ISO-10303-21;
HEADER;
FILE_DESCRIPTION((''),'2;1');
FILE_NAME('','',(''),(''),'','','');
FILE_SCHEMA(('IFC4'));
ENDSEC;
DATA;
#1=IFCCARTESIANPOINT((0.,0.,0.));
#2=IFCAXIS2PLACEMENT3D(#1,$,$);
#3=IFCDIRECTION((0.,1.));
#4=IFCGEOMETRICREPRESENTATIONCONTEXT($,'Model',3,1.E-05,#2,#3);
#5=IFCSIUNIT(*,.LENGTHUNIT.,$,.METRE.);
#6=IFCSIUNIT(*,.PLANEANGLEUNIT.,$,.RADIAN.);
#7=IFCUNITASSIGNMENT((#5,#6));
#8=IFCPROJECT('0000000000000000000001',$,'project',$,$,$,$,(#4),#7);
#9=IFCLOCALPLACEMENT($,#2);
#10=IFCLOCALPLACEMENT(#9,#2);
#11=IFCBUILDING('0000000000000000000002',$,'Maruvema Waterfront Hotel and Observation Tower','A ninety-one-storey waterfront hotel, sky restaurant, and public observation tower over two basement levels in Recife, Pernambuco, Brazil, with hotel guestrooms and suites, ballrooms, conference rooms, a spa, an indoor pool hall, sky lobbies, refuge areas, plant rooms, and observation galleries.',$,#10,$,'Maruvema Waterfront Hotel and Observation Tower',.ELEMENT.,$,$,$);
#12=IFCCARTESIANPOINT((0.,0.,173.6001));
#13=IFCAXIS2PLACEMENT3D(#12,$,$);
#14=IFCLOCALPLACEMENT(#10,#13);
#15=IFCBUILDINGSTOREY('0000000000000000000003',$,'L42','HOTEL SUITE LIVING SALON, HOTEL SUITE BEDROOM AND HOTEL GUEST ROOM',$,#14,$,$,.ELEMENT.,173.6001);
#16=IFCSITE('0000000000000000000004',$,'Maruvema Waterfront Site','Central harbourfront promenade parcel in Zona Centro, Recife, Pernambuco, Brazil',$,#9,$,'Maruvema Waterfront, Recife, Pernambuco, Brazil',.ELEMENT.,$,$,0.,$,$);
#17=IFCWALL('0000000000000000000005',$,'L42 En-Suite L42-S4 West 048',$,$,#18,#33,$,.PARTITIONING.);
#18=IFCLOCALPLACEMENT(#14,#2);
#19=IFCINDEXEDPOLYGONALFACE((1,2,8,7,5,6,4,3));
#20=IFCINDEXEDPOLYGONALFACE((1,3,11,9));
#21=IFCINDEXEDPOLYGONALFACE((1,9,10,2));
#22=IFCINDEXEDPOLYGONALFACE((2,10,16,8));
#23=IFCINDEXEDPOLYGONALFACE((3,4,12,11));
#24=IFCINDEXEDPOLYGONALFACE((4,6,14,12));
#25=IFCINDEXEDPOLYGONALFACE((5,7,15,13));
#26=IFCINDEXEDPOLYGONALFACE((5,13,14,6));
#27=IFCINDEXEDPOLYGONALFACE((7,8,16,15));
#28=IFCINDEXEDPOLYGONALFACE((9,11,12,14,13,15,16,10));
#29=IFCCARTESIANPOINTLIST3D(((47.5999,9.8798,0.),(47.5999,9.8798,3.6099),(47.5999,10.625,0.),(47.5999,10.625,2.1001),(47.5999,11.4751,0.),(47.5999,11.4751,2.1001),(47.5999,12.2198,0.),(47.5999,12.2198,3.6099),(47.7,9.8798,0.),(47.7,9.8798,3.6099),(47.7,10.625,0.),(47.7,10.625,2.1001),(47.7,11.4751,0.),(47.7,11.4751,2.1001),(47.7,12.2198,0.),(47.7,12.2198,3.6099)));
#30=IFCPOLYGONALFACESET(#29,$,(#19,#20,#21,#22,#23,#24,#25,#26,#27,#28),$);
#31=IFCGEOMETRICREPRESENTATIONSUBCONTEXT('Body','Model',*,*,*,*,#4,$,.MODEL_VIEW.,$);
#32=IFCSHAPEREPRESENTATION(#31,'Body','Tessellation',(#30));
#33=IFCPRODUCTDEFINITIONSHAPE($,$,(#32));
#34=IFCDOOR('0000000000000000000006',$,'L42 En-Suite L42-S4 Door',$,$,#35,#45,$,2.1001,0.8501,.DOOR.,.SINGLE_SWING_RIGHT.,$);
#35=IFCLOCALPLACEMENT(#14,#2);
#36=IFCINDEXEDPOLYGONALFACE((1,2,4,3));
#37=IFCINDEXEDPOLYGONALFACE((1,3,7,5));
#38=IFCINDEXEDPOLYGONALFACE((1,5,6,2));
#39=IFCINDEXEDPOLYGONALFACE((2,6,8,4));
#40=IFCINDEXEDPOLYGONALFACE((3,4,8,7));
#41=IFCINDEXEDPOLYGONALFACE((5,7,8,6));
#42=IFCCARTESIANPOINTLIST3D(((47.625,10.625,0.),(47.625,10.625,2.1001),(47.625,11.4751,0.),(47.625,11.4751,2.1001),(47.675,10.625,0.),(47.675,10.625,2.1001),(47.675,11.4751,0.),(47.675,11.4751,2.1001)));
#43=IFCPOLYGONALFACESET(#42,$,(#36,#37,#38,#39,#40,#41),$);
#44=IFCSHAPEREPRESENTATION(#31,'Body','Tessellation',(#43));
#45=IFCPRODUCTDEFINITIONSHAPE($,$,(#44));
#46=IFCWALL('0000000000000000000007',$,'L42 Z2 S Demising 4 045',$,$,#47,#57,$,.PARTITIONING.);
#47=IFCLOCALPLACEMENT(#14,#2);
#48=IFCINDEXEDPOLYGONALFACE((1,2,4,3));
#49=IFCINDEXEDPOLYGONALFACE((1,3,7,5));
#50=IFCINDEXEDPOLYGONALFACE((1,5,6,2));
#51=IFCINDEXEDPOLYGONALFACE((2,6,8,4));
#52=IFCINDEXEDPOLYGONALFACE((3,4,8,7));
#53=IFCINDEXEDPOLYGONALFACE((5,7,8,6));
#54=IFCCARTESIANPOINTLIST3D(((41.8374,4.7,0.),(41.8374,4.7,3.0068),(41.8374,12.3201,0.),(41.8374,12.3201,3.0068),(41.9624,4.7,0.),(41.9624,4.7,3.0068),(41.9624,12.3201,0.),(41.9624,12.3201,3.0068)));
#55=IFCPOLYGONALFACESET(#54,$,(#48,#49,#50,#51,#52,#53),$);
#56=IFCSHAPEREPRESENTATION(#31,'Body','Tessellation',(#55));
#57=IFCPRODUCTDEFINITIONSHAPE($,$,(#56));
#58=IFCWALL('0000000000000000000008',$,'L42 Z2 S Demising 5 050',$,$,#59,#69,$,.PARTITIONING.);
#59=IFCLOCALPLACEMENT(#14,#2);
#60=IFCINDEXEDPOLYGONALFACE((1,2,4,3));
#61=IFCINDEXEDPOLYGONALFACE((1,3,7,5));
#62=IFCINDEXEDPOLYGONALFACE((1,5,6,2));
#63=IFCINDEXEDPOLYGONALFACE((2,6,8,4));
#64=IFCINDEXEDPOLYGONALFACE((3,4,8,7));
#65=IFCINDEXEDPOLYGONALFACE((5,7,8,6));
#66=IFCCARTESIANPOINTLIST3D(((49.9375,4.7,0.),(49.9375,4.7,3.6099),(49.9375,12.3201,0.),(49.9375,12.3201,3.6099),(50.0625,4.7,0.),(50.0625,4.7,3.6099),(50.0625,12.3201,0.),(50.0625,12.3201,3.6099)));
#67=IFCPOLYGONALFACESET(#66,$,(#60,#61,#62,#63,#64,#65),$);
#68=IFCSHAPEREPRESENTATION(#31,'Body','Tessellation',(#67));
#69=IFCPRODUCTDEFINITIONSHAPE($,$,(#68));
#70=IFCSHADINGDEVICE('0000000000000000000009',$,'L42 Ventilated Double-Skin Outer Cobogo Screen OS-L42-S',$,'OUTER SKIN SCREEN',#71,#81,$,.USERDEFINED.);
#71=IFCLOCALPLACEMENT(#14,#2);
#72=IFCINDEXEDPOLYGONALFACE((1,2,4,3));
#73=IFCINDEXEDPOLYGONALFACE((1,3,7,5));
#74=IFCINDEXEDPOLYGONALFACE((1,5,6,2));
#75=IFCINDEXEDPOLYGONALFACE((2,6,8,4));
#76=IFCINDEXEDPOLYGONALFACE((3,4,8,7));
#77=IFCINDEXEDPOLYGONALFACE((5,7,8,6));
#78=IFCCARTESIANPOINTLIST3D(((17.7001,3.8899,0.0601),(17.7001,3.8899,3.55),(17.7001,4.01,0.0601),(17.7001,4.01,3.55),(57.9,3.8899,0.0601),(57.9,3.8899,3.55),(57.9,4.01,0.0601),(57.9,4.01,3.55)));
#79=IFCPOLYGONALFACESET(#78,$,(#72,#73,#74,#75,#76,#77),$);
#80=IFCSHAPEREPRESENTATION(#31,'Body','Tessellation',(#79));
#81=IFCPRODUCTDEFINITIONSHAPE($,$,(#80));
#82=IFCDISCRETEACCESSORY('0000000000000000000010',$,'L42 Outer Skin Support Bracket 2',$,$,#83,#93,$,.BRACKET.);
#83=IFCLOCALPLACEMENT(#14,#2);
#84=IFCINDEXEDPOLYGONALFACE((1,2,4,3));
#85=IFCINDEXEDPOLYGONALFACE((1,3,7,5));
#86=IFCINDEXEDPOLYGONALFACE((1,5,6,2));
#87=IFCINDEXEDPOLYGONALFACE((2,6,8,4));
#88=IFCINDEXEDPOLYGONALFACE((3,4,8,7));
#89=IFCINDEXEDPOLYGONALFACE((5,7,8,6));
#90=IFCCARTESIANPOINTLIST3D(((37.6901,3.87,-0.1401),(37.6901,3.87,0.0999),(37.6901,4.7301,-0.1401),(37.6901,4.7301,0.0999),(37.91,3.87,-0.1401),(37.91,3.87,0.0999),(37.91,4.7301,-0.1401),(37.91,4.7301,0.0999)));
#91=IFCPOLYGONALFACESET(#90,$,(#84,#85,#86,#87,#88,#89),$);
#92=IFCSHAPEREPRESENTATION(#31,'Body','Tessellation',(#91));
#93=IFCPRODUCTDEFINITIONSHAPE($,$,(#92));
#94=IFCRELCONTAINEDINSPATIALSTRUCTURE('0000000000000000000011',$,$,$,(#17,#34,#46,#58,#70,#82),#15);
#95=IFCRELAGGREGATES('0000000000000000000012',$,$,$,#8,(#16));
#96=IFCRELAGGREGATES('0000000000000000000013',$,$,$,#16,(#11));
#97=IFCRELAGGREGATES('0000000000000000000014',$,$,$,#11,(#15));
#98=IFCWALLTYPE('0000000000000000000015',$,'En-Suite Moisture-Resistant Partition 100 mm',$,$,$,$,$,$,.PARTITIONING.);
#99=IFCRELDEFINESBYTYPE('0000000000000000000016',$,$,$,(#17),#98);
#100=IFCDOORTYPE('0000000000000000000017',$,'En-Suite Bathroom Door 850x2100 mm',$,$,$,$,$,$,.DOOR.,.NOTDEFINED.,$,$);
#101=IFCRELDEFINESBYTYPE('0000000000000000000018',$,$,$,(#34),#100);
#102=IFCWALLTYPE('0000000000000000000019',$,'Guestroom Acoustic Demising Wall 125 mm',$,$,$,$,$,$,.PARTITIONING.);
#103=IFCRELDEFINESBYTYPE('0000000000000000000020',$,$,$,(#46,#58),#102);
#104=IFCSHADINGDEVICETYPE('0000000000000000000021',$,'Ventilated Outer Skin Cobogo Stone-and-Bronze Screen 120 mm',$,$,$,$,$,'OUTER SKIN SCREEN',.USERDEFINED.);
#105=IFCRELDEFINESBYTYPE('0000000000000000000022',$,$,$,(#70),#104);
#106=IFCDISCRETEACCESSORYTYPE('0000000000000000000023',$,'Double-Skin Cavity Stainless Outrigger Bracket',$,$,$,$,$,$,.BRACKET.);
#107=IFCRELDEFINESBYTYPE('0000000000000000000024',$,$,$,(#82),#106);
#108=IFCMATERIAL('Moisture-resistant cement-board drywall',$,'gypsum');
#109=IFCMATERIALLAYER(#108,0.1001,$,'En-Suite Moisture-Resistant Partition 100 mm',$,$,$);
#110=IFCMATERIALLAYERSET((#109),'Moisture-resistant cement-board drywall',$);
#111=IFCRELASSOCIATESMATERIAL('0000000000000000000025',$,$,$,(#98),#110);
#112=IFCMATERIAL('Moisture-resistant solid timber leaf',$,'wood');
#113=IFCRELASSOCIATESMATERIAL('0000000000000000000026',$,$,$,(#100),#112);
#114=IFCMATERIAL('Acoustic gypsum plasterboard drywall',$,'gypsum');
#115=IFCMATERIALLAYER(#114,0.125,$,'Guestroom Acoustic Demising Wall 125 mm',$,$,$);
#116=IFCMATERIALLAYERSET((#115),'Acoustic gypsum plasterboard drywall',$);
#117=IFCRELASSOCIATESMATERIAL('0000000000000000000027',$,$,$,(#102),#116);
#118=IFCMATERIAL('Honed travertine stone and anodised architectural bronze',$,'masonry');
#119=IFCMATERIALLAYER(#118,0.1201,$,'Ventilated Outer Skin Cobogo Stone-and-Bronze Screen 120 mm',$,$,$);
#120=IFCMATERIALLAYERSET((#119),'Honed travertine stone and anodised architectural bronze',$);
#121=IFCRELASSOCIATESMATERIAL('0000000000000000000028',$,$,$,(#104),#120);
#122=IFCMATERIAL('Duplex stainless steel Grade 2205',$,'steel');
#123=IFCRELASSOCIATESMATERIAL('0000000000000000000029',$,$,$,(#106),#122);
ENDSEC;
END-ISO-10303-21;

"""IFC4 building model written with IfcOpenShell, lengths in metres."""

from ifc_helpers import new_model, si_unit, direction, frame, frame_2d, origin, origin_2d, place, context, subcontext, project, spatial, rectangle, extrude, material, layer, layer_set, type_object, element, fill, save


model = new_model("IFC4")

# Units and contexts
model_context = context("Model", 3, precision=1e-05, world=origin(), true_north=direction((0.0, 1.0)))
body_context = subcontext(model_context, "Body", "Model", "MODEL_VIEW")
ifc_project = project(units=[si_unit("LENGTHUNIT", "METRE"), si_unit("PLANEANGLEUNIT", "RADIAN")], contexts=[model_context])

# Site, building, storey
site_placement = place(None, origin())
site = spatial("IfcSite", under=ifc_project, at=site_placement, Name="Maruvema Waterfront Site", Description="Central harbourfront promenade parcel in Zona Centro, Recife, Pernambuco, Brazil", LongName="Maruvema Waterfront, Recife, Pernambuco, Brazil", CompositionType="ELEMENT", RefElevation=0.0)
building_placement = place(site_placement, origin())
building = spatial("IfcBuilding", under=site, at=building_placement, Name="Maruvema Waterfront Hotel and Observation Tower", Description="A ninety-one-storey waterfront hotel, sky restaurant, and public observation tower over two basement levels in Recife, Pernambuco, Brazil, with hotel guestrooms and suites, ballrooms, conference rooms, a spa, an indoor pool hall, sky lobbies, refuge areas, plant rooms, and observation galleries.", LongName="Maruvema Waterfront Hotel and Observation Tower", CompositionType="ELEMENT")
storey_placement = place(building_placement, frame((0.0, 0.0, 173.6001)))
storey = spatial("IfcBuildingStorey", under=building, at=storey_placement, Name="L42", Description="HOTEL SUITE LIVING SALON, HOTEL SUITE BEDROOM AND HOTEL GUEST ROOM", CompositionType="ELEMENT", Elevation=173.6001)

# Shared definitions
ifc_material_1 = material(Name="Moisture-resistant cement-board drywall", Category="gypsum")
ifc_layer_1 = layer(ifc_material_1, 0.1001, Name="En-Suite Moisture-Resistant Partition 100 mm")
ifc_layer_set_1 = layer_set([ifc_layer_1], Name="Moisture-resistant cement-board drywall")
wall_type_1 = type_object("IfcWallType", Name="En-Suite Moisture-Resistant Partition 100 mm", PredefinedType="PARTITIONING", material=ifc_layer_set_1)

# Wall, opening, door
wall_1_placement = place(storey_placement, frame((47.6499, 9.8799, 0.0), z_axis=(0.0, 0.0, 1.0), x_axis=(0.0, 1.0, 0.0)))
wall_1 = element("IfcWall", 1, at=wall_1_placement, inside=storey, type_object=wall_type_1, Name="L42 En-Suite L42-S4 West 048", PredefinedType="PARTITIONING", context=body_context, shape_type="SweptSolid", body=[
    extrude(rectangle(XDim=2.3401, YDim=0.1001, at=frame_2d((1.1699, 0.0))), origin(), (0.0, 0.0, 1.0), 3.6099),
])
opening_1_placement = place(wall_1_placement, frame((0.7451, 0.0, 0.0)))
opening_1 = element("IfcOpeningElement", 2, at=opening_1_placement, cuts=wall_1, PredefinedType="OPENING", context=body_context, shape_type="SweptSolid", body=[
    extrude(rectangle(XDim=0.8501, YDim=2.1001, at=frame_2d((0.425, 1.05))), frame((0.0, 0.0601, 0.0), z_axis=(0.0, -1.0, 0.0), x_axis=(1.0, 0.0, 0.0)), (0.0, 0.0, 1.0), 0.1201),
])
ifc_material_2 = material(Name="Moisture-resistant solid timber leaf", Category="wood")
door_type_1 = type_object("IfcDoorType", Name="En-Suite Bathroom Door 850x2100 mm", OperationType="NOTDEFINED", PredefinedType="DOOR", material=ifc_material_2)
door_1_placement = place(opening_1_placement, origin())
door_1 = element("IfcDoor", 3, at=door_1_placement, inside=storey, type_object=door_type_1, Name="L42 En-Suite L42-S4 Door", OperationType="SINGLE_SWING_RIGHT", OverallHeight=2.1001, OverallWidth=0.8501, PredefinedType="DOOR", context=body_context, shape_type="SweptSolid", body=[
    extrude(rectangle(XDim=0.8501, YDim=2.1001, at=frame_2d((0.425, 1.05))), frame((0.0, 0.0249, 0.0), z_axis=(0.0, -1.0, 0.0), x_axis=(1.0, 0.0, 0.0)), (0.0, 0.0, 1.0), 0.05),
])
fill(opening_1, door_1)

# Walls
ifc_material_3 = material(Name="Acoustic gypsum plasterboard drywall", Category="gypsum")
ifc_layer_2 = layer(ifc_material_3, 0.125, Name="Guestroom Acoustic Demising Wall 125 mm")
ifc_layer_set_2 = layer_set([ifc_layer_2], Name="Acoustic gypsum plasterboard drywall")
wall_type_2 = type_object("IfcWallType", Name="Guestroom Acoustic Demising Wall 125 mm", PredefinedType="PARTITIONING", material=ifc_layer_set_2)
wall_2_placement = place(storey_placement, frame((41.8999, 4.7, 0.0), z_axis=(0.0, 0.0, 1.0), x_axis=(0.0, 1.0, 0.0)))
element("IfcWall", 4, at=wall_2_placement, inside=storey, type_object=wall_type_2, Name="L42 Z2 S Demising 4 045", PredefinedType="PARTITIONING", context=body_context, shape_type="SweptSolid", body=[
    extrude(rectangle(XDim=7.6201, YDim=0.125, at=frame_2d((3.8101, 0.0))), origin(), (0.0, 0.0, 1.0), 3.0068),
])
wall_3_placement = place(storey_placement, frame((50.0, 4.7, 0.0), z_axis=(0.0, 0.0, 1.0), x_axis=(0.0, 1.0, 0.0)))
element("IfcWall", 5, at=wall_3_placement, inside=storey, type_object=wall_type_2, Name="L42 Z2 S Demising 5 050", PredefinedType="PARTITIONING", context=body_context, shape_type="SweptSolid", body=[
    extrude(rectangle(XDim=7.6201, YDim=0.125, at=frame_2d((3.8101, 0.0))), origin(), (0.0, 0.0, 1.0), 3.6099),
])

# Shading device
ifc_material_4 = material(Name="Honed travertine stone and anodised architectural bronze", Category="masonry")
ifc_layer_3 = layer(ifc_material_4, 0.1201, Name="Ventilated Outer Skin Cobogo Stone-and-Bronze Screen 120 mm")
ifc_layer_set_3 = layer_set([ifc_layer_3], Name="Honed travertine stone and anodised architectural bronze")
shading_device_type = type_object("IfcShadingDeviceType", Name="Ventilated Outer Skin Cobogo Stone-and-Bronze Screen 120 mm", ElementType="OUTER SKIN SCREEN", PredefinedType="USERDEFINED", material=ifc_layer_set_3)
shading_device_placement = place(storey_placement, frame((37.8, 3.95, 0.0601), z_axis=(0.0, 0.0, 1.0), x_axis=(1.0, 0.0, 0.0)))
element("IfcShadingDevice", 6, at=shading_device_placement, inside=storey, type_object=shading_device_type, Name="L42 Ventilated Double-Skin Outer Cobogo Screen OS-L42-S", ObjectType="OUTER SKIN SCREEN", PredefinedType="USERDEFINED", context=body_context, shape_type="SweptSolid", body=[
    extrude(rectangle(XDim=40.2, YDim=0.1201, at=origin_2d()), origin(), (0.0, 0.0, 1.0), 3.49),
])

# Discrete accessory
ifc_material_5 = material(Name="Duplex stainless steel Grade 2205", Category="steel")
discrete_accessory_type = type_object("IfcDiscreteAccessoryType", Name="Double-Skin Cavity Stainless Outrigger Bracket", PredefinedType="BRACKET", material=ifc_material_5)
discrete_accessory_placement = place(storey_placement, frame((37.8, 4.3, -0.1401), z_axis=(0.0, 0.0, 1.0), x_axis=(1.0, 0.0, 0.0)))
element("IfcDiscreteAccessory", 7, at=discrete_accessory_placement, inside=storey, type_object=discrete_accessory_type, Name="L42 Outer Skin Support Bracket 2", PredefinedType="BRACKET", context=body_context, shape_type="SweptSolid", body=[
    extrude(rectangle(XDim=0.22, YDim=0.8601, at=origin_2d()), origin(), (0.0, 0.0, 1.0), 0.24),
])

save(model, "model.ifc")
